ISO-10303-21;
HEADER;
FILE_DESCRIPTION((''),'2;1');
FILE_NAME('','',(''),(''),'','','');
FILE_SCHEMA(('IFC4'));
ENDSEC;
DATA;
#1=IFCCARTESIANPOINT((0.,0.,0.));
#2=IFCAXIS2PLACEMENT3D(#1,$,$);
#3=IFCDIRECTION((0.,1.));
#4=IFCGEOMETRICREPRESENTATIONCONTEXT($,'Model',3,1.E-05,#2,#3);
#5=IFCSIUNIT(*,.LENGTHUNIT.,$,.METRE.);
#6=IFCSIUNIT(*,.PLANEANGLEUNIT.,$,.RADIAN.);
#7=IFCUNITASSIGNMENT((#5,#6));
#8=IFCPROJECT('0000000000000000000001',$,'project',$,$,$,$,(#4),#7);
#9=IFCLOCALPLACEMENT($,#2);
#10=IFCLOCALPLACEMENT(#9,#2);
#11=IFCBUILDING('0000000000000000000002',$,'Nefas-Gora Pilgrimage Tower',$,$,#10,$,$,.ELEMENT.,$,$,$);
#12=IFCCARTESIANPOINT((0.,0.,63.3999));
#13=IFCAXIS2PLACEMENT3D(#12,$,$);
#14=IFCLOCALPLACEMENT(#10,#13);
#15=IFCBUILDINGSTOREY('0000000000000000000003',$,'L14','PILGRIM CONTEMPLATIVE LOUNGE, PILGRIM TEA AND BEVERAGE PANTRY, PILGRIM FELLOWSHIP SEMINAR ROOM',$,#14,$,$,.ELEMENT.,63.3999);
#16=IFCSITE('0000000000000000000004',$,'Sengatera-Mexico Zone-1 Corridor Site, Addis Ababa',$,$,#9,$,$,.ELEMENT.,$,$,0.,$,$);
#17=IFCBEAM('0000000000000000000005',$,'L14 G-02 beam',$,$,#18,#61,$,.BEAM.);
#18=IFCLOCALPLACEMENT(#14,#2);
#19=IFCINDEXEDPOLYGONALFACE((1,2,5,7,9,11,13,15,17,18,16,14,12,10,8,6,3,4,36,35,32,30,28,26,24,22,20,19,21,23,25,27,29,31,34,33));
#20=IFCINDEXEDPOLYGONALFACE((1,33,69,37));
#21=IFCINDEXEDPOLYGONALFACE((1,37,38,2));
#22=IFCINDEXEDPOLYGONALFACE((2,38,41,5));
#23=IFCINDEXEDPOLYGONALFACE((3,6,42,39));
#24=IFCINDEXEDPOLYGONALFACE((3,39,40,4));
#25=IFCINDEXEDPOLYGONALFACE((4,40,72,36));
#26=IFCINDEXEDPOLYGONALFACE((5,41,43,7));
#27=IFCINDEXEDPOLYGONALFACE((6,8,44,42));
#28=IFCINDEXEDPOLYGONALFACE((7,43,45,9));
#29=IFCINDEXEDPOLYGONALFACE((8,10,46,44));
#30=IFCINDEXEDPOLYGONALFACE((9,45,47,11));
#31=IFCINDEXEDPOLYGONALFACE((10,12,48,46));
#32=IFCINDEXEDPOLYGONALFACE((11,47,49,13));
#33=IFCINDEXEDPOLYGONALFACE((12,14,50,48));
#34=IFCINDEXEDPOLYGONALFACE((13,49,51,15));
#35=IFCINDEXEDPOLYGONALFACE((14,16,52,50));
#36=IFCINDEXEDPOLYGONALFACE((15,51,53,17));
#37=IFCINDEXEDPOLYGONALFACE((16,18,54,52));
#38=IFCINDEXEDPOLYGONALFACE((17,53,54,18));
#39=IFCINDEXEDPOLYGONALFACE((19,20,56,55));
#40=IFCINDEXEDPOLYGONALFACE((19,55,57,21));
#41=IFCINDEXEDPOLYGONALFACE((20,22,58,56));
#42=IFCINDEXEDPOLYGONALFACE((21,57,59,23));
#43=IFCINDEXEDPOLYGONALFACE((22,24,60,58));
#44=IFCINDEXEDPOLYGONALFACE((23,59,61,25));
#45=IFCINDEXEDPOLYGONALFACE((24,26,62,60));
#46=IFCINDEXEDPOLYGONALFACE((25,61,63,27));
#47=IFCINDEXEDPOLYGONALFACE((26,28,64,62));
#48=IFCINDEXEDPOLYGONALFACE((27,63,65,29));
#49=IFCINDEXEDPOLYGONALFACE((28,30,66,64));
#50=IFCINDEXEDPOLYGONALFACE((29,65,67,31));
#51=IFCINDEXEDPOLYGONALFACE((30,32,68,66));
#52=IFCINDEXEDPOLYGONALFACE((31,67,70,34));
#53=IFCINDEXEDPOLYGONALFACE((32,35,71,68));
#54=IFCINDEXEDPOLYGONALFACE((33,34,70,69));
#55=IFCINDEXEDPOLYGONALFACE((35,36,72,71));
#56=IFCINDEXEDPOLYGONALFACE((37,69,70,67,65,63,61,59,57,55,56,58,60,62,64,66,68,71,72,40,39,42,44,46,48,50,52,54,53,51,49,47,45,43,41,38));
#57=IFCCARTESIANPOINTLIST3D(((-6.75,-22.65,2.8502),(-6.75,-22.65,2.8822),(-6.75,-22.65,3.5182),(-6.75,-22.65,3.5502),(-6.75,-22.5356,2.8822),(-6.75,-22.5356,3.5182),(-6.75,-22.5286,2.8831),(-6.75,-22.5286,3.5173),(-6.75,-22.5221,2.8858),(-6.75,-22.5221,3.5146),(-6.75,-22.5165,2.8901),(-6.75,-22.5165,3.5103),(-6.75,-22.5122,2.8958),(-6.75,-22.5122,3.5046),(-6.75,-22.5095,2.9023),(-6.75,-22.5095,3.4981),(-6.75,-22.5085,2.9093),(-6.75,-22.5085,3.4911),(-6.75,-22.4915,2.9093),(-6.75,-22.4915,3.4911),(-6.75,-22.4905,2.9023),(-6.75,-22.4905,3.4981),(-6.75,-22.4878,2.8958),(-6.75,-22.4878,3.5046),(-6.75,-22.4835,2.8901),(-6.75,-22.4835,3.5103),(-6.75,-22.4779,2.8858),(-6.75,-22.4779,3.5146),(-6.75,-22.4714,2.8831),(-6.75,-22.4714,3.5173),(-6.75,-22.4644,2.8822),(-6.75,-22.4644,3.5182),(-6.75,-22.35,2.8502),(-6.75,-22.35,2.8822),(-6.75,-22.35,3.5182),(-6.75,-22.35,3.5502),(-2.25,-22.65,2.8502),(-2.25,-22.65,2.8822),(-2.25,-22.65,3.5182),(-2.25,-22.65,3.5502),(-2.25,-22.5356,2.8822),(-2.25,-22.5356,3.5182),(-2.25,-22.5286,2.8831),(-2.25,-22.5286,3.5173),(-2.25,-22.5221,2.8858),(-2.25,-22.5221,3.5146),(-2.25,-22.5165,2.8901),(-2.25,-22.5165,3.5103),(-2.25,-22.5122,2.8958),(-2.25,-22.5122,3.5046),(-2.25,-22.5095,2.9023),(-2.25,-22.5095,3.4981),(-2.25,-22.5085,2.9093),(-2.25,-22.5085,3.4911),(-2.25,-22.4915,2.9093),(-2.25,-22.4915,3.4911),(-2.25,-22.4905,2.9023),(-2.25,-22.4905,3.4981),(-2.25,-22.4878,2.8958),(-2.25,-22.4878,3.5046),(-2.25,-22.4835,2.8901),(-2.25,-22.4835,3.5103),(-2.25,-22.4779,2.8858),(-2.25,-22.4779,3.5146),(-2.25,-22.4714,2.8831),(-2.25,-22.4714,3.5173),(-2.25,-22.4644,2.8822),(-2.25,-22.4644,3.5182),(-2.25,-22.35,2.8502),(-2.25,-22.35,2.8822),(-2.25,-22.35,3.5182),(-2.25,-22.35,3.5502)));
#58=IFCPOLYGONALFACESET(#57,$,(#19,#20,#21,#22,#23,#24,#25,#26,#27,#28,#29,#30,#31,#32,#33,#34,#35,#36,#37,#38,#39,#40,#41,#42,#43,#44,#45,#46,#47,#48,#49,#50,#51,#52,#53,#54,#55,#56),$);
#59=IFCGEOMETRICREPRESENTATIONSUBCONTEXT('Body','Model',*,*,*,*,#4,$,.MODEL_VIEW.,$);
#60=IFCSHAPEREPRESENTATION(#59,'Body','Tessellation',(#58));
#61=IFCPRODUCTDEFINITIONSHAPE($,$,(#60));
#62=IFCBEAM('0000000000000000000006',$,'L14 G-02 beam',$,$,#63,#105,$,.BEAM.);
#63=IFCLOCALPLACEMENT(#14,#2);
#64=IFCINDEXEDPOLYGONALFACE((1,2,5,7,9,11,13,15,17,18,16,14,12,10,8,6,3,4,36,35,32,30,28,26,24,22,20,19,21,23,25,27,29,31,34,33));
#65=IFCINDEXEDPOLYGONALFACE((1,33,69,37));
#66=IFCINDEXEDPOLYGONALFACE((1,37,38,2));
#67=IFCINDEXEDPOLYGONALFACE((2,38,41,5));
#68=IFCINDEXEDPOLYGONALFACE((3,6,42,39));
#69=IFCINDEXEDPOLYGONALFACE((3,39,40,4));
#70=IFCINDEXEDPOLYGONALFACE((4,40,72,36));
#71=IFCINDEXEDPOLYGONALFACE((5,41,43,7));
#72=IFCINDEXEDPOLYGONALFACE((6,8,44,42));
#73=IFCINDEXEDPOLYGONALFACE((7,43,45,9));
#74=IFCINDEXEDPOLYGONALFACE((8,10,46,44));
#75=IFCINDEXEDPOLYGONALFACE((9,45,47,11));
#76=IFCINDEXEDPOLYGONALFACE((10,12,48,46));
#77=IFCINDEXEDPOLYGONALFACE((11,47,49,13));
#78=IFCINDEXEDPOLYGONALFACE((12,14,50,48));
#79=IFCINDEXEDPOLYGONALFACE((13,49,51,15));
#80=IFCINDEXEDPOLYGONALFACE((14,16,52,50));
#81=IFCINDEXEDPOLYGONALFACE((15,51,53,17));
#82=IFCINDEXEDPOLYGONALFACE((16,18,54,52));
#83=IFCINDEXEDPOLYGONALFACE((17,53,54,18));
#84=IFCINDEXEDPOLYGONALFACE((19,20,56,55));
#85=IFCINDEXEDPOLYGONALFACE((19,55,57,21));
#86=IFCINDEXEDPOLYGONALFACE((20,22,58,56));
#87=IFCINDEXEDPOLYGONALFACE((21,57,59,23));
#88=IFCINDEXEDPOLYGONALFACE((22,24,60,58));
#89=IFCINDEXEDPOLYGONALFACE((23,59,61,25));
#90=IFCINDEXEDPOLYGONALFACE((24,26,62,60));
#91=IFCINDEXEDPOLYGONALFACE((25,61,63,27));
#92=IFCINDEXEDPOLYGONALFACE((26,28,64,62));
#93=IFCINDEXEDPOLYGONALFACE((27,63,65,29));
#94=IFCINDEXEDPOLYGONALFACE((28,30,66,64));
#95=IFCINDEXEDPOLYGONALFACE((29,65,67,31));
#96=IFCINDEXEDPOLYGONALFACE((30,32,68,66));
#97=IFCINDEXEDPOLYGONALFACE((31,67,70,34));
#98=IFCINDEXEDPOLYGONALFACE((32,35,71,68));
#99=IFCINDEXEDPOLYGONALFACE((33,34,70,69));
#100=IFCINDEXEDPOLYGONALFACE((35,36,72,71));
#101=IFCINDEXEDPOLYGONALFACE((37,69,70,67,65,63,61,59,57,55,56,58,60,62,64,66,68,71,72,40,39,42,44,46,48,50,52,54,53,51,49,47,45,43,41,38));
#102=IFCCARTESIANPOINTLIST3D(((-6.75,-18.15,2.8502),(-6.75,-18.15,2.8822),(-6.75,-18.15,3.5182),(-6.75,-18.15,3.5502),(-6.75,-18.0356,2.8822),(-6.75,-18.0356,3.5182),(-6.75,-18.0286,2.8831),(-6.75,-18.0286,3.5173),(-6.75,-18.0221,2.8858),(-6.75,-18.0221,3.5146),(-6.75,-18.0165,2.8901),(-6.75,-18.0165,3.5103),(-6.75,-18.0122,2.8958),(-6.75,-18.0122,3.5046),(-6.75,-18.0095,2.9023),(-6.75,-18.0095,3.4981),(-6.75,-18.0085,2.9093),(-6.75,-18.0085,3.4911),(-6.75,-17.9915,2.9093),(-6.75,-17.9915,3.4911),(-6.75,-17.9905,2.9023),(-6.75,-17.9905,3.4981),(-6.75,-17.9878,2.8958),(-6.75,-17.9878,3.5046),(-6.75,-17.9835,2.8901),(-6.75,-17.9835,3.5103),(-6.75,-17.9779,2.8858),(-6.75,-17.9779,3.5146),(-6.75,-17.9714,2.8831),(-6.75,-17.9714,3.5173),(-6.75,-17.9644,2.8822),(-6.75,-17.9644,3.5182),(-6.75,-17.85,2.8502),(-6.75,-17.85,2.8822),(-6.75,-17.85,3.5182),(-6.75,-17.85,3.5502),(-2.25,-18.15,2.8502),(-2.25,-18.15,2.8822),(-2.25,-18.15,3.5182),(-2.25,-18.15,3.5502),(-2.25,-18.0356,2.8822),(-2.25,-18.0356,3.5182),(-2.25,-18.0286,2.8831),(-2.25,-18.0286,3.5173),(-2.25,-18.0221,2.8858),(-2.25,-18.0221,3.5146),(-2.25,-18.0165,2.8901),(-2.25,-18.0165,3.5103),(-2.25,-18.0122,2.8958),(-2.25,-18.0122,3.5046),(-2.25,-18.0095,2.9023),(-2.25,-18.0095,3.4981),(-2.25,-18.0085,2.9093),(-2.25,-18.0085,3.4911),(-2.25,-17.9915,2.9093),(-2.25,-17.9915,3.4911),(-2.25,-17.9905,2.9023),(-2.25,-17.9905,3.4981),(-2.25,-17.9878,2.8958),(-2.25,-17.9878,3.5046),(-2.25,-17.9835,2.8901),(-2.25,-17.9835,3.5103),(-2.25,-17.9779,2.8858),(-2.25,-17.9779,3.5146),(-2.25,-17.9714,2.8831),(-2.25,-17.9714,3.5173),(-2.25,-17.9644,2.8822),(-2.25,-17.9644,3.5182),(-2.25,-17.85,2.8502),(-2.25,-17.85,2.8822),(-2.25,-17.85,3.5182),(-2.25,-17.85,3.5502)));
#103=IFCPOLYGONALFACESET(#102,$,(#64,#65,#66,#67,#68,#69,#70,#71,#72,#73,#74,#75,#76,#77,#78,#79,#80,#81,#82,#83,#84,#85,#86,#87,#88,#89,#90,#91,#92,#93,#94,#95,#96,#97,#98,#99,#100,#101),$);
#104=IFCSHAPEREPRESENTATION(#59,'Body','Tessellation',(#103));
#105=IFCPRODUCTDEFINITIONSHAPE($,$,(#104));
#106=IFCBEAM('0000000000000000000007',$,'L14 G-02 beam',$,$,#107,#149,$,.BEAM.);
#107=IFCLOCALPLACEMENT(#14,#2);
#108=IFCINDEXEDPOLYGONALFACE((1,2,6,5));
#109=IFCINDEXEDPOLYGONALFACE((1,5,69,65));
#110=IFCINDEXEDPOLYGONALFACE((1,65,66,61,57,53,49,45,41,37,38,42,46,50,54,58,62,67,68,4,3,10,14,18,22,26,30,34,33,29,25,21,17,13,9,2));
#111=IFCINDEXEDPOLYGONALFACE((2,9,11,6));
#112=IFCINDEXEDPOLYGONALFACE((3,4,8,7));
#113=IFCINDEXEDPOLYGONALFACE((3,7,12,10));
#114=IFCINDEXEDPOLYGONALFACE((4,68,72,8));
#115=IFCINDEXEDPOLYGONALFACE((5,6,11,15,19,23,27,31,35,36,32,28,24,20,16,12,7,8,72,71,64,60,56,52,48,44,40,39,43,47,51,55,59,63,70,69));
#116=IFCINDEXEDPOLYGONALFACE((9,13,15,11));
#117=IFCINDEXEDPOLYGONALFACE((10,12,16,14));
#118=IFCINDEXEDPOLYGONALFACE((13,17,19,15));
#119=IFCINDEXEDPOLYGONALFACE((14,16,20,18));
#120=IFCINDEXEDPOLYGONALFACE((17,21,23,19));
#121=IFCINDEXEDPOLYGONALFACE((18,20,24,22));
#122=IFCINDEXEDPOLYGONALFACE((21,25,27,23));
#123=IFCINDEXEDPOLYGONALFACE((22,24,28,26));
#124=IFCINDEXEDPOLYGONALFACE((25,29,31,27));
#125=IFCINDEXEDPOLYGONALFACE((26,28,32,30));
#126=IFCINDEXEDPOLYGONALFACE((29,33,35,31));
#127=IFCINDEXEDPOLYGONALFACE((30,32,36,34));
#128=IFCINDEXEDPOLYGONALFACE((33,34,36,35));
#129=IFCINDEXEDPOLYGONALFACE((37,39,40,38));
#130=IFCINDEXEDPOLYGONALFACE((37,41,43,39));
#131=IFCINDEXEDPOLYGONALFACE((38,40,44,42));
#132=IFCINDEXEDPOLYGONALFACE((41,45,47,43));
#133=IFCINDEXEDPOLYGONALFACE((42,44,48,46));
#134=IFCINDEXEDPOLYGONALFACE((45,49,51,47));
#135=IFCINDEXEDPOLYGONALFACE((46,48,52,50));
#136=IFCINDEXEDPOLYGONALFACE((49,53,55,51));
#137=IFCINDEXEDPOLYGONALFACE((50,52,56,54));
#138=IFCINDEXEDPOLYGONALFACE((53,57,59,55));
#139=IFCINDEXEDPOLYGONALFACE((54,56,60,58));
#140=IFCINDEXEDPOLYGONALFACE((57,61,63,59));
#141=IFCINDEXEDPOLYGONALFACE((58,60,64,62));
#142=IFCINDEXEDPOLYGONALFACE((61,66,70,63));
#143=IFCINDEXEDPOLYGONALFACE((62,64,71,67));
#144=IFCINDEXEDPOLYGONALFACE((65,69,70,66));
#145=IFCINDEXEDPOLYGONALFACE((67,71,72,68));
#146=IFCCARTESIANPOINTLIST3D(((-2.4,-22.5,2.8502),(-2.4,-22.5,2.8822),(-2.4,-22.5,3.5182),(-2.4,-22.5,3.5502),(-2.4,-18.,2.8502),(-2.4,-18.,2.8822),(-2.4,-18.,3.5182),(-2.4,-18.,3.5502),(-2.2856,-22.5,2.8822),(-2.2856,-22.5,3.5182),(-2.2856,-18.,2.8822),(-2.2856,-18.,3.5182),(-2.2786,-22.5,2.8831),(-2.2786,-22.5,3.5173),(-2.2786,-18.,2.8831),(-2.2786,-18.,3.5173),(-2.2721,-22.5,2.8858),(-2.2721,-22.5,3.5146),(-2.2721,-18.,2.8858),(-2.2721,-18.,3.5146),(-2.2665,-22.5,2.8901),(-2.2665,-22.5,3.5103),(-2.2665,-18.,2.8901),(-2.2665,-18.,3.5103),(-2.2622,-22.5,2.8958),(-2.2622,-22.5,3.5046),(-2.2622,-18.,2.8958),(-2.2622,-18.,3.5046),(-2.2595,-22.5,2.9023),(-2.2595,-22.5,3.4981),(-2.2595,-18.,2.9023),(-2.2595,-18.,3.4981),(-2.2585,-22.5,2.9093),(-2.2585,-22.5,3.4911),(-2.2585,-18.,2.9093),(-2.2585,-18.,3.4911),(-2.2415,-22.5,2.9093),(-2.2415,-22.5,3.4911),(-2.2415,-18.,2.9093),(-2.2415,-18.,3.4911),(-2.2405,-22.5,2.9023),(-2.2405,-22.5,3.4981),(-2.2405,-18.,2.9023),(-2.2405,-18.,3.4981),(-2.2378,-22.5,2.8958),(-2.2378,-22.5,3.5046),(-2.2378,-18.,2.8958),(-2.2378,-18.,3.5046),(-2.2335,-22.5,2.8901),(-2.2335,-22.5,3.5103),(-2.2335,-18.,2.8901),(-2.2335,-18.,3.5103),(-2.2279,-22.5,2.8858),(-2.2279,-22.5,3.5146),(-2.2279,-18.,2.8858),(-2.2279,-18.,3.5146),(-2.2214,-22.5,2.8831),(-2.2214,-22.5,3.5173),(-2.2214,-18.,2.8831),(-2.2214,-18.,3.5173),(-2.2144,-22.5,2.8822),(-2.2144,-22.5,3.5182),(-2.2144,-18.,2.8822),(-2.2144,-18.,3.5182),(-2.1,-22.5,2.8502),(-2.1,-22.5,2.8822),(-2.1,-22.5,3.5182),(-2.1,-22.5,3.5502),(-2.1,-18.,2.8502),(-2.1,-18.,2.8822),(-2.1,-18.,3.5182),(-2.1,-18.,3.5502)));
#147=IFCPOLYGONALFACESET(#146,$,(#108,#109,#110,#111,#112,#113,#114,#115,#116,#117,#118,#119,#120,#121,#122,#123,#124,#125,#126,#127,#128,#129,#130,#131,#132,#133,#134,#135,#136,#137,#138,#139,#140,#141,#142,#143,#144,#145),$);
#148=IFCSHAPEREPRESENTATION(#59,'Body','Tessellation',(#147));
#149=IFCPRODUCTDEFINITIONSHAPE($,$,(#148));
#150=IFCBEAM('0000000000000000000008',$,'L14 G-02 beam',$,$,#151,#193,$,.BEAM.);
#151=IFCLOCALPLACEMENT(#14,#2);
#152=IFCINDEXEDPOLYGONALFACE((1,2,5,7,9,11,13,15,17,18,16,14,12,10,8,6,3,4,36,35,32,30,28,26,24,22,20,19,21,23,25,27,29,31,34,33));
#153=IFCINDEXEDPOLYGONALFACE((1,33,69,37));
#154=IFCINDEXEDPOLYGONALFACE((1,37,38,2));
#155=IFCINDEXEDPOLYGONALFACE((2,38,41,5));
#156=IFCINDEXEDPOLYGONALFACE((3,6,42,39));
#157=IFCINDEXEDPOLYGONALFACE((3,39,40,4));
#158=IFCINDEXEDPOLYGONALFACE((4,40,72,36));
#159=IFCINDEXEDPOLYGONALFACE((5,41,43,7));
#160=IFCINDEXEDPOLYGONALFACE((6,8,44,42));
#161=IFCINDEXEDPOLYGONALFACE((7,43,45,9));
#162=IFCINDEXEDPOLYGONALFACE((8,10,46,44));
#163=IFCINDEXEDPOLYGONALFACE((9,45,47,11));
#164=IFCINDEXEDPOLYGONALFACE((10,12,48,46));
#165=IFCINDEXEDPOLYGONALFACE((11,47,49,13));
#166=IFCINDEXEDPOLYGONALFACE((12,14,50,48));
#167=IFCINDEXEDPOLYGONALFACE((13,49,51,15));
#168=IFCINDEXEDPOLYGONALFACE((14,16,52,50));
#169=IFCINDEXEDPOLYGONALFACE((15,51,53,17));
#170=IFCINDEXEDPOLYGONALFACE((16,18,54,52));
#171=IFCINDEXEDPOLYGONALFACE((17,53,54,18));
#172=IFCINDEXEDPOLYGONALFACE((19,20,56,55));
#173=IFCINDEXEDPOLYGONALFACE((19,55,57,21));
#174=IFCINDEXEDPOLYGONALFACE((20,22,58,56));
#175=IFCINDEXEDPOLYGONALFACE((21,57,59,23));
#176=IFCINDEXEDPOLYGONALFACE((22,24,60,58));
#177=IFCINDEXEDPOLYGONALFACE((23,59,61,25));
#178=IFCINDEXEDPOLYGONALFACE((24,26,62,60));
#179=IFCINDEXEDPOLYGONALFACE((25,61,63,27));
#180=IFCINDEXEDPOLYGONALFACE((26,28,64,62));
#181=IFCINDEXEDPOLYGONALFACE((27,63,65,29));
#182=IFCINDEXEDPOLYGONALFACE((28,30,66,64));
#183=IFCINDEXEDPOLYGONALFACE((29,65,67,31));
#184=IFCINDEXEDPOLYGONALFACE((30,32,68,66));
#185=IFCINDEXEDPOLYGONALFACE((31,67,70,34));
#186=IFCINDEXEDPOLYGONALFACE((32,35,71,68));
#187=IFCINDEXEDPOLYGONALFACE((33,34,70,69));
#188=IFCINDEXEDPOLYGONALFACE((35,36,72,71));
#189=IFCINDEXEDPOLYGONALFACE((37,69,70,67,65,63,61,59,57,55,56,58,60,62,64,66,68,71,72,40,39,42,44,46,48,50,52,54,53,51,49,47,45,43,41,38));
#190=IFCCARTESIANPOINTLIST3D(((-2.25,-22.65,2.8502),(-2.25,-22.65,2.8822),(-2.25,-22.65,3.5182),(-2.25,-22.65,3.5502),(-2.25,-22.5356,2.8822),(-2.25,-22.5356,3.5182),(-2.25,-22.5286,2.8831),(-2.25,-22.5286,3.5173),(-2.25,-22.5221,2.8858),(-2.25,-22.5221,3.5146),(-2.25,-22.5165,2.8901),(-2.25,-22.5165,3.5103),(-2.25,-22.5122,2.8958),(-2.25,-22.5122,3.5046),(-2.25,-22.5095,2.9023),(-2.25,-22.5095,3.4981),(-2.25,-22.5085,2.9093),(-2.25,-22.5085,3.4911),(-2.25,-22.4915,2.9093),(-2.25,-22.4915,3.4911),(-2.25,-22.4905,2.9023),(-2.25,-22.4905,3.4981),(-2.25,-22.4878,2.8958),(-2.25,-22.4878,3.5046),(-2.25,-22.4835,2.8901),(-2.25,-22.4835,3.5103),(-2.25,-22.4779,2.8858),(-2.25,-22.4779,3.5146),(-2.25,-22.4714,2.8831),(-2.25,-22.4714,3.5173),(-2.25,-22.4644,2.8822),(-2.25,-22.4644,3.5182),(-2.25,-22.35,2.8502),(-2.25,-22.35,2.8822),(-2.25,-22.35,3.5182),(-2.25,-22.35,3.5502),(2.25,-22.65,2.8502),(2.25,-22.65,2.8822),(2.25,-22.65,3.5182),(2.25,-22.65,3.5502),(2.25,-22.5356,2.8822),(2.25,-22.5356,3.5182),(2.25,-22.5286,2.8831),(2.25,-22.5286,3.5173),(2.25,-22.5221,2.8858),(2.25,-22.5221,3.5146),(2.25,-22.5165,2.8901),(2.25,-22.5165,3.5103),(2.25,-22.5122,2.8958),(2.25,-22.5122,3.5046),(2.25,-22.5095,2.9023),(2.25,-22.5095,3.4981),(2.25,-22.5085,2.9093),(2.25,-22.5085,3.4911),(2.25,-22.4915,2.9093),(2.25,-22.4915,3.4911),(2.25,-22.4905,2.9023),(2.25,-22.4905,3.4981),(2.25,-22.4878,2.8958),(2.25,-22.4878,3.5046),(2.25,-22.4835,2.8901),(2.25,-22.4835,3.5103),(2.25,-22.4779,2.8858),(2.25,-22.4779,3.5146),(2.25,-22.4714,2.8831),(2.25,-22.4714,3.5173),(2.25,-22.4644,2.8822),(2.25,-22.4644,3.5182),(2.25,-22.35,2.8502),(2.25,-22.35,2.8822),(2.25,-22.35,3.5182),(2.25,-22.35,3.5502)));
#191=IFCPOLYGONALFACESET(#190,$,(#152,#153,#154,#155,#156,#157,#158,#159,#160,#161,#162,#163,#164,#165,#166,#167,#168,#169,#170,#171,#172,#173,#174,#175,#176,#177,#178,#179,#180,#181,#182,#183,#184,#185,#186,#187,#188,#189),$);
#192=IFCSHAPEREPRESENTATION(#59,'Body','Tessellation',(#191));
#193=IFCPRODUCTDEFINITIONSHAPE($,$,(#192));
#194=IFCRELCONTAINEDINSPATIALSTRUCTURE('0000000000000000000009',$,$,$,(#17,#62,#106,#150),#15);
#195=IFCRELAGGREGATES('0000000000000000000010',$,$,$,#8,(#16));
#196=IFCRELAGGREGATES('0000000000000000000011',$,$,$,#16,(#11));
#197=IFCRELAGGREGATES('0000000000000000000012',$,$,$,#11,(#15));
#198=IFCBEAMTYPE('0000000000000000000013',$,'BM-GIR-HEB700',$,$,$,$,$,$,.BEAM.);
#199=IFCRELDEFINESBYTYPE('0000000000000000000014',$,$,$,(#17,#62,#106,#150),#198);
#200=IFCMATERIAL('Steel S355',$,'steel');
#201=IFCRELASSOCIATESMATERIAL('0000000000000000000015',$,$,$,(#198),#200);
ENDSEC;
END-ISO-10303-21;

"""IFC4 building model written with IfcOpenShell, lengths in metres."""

from ifc_helpers import new_model, si_unit, direction, frame, origin, origin_2d, place, context, subcontext, project, spatial, i_section, extrude, source, transform, mapped, material, material_profile, profile_set, type_object, element, save


model = new_model("IFC4")

# Units and contexts
model_context = context("Model", 3, precision=1e-05, world=origin(), true_north=direction((0.0, 1.0)))
body_context = subcontext(model_context, "Body", "Model", "MODEL_VIEW")
ifc_project = project(units=[si_unit("LENGTHUNIT", "METRE"), si_unit("PLANEANGLEUNIT", "RADIAN")], contexts=[model_context])

# Site, building, storey
site_placement = place(None, origin())
site = spatial("IfcSite", under=ifc_project, at=site_placement, Name="Sengatera-Mexico Zone-1 Corridor Site, Addis Ababa", CompositionType="ELEMENT", RefElevation=0.0)
building_placement = place(site_placement, origin())
building = spatial("IfcBuilding", under=site, at=building_placement, Name="Nefas-Gora Pilgrimage Tower", CompositionType="ELEMENT")
storey_placement = place(building_placement, frame((0.0, 0.0, 63.3999)))
storey = spatial("IfcBuildingStorey", under=building, at=storey_placement, Name="L14", Description="PILGRIM CONTEMPLATIVE LOUNGE, PILGRIM TEA AND BEVERAGE PANTRY, PILGRIM FELLOWSHIP SEMINAR ROOM", CompositionType="ELEMENT", Elevation=63.3999)

# Beams
ifc_material_1 = material(Name="Steel S355", Category="steel")
ifc_material_profile_1 = material_profile(ifc_material_1, i_section(OverallWidth=0.3, OverallDepth=0.7, WebThickness=0.0171, FlangeThickness=0.032, FilletRadius=0.0271, at=origin_2d()), Name="HEB 700")
ifc_profile_set_1 = profile_set([ifc_material_profile_1], Name="Steel S355")
beam_type = type_object("IfcBeamType", Name="BM-GIR-HEB700", PredefinedType="BEAM", material=ifc_profile_set_1)
shared_shape_1 = source(origin(), body_context, "Body", "SweptSolid", [
    extrude(i_section(OverallWidth=0.3, OverallDepth=0.7, WebThickness=0.0171, FlangeThickness=0.032, FilletRadius=0.0271, at=origin_2d()), origin(), (0.0, 0.0, 1.0), 4.5),
])
for number, where, z_axis, x_axis, name in (
    (1, (-6.75, -22.5, 3.2002), (1.0, 0.0, 0.0), (0.0, 1.0, 0.0), "L14 G-02 beam"),
    (2, (-6.75, -18.0, 3.2002), (1.0, 0.0, 0.0), (0.0, 1.0, 0.0), "L14 G-02 beam"),
    (3, (-2.25, -22.5, 3.2002), (0.0, 1.0, 0.0), (-1.0, 0.0, 0.0), "L14 G-02 beam"),
    (4, (-2.25, -22.5, 3.2002), (1.0, 0.0, 0.0), (0.0, 1.0, 0.0), "L14 G-02 beam"),
):
    element("IfcBeam", number, at=place(storey_placement, frame(where, z_axis=z_axis, x_axis=x_axis)), inside=storey, type_object=beam_type, Name=name, PredefinedType="BEAM", context=body_context, shape_type="MappedRepresentation", body=[
        mapped(shared_shape_1, transform((0.0, 0.0, 0.0), x_axis=(1.0, 0.0, 0.0), y_axis=(0.0, 1.0, 0.0), z_axis=(0.0, 0.0, 1.0), scale=1.0)),
    ])

save(model, "model.ifc")
